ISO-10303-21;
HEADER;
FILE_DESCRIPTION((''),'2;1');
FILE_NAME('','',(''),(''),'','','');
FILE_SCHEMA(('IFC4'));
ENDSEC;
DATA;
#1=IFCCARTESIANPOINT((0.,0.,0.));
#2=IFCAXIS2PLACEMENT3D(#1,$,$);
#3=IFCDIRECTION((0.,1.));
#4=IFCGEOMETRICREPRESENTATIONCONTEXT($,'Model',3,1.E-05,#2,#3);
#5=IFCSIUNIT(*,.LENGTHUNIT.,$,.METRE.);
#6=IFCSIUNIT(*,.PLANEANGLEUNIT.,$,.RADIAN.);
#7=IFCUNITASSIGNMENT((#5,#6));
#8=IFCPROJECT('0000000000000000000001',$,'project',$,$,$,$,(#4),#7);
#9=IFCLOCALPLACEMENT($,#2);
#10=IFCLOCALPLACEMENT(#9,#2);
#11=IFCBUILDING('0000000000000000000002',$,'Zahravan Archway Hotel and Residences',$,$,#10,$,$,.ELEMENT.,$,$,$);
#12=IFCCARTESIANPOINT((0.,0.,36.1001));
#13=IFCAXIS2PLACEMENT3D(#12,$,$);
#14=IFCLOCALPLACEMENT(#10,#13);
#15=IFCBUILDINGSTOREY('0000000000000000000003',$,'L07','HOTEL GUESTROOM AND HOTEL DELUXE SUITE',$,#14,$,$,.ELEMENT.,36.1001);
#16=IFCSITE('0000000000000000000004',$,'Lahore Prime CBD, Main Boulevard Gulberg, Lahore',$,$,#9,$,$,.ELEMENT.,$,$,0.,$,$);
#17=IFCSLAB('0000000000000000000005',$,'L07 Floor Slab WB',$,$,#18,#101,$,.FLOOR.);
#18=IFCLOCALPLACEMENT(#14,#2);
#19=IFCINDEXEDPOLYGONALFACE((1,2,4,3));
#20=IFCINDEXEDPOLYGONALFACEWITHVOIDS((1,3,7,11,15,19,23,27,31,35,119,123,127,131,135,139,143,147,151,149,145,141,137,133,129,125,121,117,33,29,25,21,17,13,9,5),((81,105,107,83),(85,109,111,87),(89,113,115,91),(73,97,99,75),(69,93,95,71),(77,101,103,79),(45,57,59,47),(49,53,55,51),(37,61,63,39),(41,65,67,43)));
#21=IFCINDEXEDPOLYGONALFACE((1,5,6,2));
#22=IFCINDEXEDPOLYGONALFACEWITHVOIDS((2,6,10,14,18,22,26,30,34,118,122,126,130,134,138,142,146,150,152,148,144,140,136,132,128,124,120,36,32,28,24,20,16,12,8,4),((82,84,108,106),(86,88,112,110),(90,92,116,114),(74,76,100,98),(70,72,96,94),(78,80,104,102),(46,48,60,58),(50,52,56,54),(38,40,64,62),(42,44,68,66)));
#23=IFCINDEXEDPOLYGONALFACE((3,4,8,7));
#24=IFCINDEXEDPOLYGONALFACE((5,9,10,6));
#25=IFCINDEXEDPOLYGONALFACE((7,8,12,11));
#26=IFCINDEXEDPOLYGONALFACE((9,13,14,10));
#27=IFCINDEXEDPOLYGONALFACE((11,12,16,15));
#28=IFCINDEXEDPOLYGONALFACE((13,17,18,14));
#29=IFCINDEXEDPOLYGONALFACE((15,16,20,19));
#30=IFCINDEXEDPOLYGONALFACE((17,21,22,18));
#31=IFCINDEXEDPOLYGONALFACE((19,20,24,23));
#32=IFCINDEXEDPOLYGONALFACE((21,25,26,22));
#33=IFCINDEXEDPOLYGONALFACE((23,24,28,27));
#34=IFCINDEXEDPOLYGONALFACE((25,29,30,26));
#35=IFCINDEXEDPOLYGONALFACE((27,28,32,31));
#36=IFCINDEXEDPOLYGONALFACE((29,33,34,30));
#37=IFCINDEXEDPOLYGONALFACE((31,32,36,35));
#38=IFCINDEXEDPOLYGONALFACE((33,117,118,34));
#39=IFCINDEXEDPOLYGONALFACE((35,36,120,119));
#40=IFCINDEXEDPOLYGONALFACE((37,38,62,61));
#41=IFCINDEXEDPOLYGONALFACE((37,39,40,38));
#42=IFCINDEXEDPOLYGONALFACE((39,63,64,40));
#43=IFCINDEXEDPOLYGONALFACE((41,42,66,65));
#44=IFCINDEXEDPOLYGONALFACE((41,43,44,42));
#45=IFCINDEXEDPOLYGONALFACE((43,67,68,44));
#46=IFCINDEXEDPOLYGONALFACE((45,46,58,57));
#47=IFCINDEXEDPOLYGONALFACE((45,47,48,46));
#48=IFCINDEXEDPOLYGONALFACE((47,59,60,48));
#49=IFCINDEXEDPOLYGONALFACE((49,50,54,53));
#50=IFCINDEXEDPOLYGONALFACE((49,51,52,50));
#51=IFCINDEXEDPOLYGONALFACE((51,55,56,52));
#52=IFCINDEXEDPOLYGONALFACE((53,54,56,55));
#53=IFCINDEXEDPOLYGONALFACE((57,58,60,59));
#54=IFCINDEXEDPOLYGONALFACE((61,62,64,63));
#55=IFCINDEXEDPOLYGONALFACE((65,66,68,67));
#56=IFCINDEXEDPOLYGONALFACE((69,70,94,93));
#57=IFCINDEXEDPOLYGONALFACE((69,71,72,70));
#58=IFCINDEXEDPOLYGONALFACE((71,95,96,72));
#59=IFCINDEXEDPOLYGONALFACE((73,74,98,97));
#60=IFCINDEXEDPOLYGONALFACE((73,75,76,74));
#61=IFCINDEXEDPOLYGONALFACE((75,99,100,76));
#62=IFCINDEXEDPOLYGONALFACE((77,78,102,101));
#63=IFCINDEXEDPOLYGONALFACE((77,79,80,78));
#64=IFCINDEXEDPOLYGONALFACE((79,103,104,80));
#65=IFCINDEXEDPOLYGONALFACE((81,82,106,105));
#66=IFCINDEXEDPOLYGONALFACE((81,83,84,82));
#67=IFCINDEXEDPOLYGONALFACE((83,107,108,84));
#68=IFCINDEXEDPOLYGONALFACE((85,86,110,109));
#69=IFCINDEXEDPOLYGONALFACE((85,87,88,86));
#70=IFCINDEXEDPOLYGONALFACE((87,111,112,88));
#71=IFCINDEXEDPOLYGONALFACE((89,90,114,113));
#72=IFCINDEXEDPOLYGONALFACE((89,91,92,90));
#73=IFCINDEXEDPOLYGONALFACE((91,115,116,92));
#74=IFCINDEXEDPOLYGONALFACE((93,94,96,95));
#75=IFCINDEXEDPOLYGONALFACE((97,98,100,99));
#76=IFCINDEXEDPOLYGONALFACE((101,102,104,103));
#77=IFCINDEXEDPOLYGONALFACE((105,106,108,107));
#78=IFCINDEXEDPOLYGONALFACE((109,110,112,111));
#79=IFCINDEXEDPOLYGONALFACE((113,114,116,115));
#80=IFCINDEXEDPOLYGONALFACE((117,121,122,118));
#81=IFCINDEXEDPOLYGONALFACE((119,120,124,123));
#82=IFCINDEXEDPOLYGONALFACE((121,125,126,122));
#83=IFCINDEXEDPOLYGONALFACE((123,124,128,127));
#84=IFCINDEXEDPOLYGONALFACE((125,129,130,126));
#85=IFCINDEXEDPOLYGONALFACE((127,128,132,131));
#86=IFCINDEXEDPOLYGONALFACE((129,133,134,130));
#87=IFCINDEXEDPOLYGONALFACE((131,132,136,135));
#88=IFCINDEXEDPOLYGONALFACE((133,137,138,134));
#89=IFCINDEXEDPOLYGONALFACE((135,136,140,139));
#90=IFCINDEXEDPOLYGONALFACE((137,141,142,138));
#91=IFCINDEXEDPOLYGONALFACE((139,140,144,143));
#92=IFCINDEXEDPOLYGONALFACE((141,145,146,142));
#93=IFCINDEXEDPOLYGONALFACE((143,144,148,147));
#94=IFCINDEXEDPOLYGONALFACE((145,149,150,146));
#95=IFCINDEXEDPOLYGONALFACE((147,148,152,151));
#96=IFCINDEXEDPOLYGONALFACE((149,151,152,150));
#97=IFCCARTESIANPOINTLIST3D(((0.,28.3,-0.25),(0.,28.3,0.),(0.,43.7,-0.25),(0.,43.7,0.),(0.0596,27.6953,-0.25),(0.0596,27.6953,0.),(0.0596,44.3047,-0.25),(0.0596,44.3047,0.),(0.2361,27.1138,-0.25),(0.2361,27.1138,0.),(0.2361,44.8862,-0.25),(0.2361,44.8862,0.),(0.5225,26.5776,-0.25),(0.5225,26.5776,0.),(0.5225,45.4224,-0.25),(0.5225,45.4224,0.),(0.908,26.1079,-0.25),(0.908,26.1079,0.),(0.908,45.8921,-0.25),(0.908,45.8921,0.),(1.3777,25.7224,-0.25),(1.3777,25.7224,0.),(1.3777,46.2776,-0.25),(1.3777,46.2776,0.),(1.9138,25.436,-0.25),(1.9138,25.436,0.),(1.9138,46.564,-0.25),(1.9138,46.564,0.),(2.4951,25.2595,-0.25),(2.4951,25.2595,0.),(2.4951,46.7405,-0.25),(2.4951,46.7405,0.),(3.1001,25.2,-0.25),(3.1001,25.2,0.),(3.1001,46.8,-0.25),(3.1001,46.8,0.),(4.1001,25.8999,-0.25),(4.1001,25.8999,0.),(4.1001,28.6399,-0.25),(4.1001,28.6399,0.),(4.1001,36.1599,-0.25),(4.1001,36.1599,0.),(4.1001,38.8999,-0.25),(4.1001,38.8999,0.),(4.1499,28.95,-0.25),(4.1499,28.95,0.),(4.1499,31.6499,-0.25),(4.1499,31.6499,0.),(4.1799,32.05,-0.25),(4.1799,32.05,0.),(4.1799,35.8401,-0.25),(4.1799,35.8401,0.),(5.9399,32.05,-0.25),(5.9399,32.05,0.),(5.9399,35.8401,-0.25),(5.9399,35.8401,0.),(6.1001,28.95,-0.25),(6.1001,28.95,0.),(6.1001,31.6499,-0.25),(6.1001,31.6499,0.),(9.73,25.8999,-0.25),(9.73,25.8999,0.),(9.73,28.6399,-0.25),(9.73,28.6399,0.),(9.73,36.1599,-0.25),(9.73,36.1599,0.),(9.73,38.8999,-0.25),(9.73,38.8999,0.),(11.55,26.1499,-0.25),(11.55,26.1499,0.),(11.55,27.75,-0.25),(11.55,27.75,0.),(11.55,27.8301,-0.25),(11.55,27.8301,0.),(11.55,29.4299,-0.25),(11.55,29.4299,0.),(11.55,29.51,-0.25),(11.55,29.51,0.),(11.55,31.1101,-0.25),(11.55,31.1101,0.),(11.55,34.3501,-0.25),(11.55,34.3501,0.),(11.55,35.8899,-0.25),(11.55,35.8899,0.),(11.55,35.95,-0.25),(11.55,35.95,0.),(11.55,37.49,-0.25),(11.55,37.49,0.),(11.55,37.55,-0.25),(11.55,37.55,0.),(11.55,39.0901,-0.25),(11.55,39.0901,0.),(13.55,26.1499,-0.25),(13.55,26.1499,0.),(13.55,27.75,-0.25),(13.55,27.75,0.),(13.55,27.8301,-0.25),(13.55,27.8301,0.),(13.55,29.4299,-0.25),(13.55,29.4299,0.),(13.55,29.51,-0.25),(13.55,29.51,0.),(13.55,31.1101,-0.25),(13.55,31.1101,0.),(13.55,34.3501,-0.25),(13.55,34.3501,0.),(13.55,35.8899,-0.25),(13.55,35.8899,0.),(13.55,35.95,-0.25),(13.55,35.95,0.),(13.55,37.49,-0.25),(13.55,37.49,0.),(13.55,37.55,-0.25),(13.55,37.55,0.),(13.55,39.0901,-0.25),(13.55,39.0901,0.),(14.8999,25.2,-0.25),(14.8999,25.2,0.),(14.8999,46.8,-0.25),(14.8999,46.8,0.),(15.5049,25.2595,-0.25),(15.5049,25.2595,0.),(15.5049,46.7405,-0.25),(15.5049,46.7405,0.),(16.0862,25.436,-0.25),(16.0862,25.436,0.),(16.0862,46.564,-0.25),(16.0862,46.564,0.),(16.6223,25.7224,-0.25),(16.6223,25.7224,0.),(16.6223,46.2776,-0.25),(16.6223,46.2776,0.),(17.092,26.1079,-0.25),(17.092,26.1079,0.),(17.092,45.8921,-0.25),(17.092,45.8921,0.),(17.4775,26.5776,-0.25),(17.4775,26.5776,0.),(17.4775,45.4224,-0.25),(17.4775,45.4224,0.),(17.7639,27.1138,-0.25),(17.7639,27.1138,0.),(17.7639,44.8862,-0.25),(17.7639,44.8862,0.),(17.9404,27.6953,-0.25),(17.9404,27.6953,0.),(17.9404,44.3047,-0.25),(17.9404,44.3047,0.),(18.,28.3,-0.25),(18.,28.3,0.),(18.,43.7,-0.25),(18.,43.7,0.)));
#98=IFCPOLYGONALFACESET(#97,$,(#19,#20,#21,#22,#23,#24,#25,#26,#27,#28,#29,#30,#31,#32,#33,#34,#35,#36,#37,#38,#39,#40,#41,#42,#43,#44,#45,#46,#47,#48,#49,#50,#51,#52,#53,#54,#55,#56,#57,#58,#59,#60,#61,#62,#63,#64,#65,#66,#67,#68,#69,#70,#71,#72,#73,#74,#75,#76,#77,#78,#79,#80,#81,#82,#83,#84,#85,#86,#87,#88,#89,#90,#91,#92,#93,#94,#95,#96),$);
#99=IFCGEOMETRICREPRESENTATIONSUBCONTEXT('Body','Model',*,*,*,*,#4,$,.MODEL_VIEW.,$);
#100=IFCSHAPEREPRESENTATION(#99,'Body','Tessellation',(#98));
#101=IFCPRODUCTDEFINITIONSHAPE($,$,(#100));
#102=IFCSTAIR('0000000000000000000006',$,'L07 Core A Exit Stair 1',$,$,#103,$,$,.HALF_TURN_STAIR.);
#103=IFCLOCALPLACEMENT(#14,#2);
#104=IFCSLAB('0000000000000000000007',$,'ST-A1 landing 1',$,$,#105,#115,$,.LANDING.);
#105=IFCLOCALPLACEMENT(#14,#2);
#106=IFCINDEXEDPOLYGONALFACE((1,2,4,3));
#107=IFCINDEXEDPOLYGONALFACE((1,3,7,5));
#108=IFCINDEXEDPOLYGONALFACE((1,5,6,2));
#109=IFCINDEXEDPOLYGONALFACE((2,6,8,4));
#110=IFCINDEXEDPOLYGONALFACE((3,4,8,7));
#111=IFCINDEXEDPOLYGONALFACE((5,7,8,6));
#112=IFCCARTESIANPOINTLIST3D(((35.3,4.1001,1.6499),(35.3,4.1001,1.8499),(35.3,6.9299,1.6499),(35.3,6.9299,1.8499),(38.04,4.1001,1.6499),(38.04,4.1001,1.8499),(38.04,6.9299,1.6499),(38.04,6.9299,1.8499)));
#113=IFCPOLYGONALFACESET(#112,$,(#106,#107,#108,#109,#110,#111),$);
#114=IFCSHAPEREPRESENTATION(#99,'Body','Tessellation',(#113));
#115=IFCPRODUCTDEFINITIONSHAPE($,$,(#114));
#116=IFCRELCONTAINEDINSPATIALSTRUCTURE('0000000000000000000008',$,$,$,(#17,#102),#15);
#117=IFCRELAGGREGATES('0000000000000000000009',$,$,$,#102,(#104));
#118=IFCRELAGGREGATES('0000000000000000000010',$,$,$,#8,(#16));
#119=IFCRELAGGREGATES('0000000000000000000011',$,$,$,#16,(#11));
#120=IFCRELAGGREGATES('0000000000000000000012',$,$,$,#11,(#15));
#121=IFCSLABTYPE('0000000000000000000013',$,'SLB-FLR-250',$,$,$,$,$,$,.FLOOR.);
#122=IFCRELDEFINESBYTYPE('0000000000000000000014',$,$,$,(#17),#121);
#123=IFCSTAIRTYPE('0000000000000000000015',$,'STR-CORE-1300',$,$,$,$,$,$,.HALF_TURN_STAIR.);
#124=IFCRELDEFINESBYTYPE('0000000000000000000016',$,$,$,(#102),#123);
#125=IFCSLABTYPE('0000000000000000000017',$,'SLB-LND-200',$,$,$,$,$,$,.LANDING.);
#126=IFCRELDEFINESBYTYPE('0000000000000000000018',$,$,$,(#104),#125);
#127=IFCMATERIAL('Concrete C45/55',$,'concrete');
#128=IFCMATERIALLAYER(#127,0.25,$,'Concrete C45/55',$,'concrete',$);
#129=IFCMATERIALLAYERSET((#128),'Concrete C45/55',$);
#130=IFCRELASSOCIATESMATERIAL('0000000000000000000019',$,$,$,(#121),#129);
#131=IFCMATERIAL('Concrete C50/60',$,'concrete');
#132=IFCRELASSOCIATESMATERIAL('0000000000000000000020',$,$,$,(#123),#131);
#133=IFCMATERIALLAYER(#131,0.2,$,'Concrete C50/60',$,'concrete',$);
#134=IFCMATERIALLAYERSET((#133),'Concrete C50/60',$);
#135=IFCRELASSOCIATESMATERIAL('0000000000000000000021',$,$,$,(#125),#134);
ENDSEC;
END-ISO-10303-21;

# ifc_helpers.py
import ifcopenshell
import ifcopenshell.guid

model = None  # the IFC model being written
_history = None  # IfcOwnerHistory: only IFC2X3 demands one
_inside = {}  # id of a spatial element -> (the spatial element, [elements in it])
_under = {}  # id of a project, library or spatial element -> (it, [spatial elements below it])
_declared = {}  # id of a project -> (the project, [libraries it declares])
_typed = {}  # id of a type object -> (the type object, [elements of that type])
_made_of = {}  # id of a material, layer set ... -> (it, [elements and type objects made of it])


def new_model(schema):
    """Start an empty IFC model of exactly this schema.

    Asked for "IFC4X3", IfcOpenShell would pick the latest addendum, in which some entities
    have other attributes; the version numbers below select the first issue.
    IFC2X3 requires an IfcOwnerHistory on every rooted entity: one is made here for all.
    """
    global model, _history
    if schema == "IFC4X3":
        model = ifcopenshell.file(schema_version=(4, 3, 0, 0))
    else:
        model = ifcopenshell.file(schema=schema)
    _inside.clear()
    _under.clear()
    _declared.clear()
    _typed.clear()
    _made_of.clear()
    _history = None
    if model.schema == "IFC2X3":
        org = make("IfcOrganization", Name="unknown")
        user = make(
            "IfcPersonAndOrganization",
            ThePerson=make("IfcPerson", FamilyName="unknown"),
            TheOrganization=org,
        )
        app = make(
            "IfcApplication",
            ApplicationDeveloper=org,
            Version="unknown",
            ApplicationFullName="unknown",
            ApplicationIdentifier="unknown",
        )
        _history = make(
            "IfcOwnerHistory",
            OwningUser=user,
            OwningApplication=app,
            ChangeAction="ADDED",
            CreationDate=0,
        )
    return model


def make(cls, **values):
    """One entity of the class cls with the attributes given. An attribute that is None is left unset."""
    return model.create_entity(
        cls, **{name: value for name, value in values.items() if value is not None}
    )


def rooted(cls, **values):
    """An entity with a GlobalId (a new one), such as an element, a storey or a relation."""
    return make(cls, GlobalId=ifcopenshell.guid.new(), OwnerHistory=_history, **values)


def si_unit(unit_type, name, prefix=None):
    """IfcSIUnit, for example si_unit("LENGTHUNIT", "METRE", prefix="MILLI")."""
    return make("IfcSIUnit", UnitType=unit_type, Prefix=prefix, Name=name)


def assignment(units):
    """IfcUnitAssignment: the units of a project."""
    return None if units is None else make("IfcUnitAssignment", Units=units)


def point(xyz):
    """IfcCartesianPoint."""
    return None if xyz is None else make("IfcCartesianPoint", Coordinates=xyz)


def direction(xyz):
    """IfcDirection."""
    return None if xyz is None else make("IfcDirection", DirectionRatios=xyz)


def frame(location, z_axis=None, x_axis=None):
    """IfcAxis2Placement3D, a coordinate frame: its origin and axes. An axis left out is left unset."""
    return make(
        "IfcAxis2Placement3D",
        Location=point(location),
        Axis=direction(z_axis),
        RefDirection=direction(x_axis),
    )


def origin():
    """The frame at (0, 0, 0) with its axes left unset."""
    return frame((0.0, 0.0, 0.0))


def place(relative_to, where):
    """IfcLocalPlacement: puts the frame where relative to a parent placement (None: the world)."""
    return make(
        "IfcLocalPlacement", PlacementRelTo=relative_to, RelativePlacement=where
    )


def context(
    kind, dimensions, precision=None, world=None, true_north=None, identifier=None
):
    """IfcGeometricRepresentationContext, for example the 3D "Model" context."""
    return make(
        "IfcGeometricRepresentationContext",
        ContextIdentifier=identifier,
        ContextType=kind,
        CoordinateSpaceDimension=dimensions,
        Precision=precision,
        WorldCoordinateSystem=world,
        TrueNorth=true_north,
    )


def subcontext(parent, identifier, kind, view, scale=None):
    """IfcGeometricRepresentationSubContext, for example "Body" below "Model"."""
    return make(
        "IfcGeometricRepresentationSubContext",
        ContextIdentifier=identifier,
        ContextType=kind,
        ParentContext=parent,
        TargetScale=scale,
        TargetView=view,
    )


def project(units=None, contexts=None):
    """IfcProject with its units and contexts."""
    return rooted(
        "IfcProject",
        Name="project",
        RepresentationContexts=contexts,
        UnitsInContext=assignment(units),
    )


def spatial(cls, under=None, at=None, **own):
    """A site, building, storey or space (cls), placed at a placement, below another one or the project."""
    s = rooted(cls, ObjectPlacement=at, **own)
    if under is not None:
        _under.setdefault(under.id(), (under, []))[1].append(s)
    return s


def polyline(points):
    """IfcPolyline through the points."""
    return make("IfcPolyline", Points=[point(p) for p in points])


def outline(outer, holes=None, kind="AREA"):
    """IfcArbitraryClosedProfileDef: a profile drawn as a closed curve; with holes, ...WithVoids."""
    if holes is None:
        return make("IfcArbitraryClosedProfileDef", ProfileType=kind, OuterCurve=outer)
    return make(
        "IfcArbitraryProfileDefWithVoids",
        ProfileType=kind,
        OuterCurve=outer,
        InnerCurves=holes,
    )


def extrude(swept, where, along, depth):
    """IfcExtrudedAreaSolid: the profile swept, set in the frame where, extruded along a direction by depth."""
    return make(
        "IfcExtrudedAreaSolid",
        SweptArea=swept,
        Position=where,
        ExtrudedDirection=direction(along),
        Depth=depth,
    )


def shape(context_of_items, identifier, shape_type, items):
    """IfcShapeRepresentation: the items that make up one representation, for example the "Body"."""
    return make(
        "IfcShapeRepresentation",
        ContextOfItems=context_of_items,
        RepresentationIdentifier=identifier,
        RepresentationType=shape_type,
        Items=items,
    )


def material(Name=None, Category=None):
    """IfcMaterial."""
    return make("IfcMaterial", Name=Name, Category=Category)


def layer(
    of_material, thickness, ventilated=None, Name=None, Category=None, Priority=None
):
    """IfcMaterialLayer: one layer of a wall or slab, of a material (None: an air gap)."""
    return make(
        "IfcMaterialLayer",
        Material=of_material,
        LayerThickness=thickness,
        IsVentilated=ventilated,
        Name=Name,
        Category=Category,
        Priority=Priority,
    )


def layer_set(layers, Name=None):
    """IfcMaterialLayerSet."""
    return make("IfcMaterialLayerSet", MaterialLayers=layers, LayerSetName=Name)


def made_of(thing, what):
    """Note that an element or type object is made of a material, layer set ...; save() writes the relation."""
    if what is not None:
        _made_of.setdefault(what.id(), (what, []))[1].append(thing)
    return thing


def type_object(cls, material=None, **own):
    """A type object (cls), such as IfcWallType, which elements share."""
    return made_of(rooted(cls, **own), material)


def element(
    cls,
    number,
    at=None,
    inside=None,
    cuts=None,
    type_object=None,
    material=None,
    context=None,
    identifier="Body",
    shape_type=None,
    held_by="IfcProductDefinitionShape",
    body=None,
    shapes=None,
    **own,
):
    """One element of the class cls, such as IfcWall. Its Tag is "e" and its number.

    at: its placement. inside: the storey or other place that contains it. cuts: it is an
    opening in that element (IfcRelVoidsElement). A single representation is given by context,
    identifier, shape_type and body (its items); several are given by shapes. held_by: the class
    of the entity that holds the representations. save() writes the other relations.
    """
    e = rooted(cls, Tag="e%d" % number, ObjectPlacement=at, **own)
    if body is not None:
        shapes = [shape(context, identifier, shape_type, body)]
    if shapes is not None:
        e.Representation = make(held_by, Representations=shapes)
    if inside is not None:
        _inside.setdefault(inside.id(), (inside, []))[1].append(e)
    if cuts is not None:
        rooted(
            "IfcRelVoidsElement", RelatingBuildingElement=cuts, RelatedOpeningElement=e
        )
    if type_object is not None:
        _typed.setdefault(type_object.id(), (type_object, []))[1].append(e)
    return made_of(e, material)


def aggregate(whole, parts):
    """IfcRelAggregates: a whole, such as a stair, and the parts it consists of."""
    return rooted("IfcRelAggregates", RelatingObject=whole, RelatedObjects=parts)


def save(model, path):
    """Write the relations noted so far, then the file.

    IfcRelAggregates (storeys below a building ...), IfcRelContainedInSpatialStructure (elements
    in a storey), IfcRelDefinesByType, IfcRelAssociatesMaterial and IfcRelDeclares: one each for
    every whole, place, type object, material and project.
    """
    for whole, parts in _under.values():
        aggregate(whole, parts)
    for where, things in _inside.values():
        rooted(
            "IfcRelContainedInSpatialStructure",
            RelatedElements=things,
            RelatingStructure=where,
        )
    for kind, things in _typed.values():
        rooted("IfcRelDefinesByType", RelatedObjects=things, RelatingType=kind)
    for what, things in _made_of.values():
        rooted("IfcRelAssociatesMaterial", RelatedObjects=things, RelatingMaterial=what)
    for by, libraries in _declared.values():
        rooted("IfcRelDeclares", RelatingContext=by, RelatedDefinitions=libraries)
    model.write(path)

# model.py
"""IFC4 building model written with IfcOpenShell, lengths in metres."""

from ifc_helpers import new_model, si_unit, direction, frame, origin, place, context, subcontext, project, spatial, polyline, outline, extrude, material, layer, layer_set, type_object, element, aggregate, save


model = new_model("IFC4")

# Units and contexts
model_context = context("Model", 3, precision=1e-05, world=origin(), true_north=direction((0.0, 1.0)))
body_context = subcontext(model_context, "Body", "Model", "MODEL_VIEW")
ifc_project = project(units=[si_unit("LENGTHUNIT", "METRE"), si_unit("PLANEANGLEUNIT", "RADIAN")], contexts=[model_context])

# Site, building, storey
site_placement = place(None, origin())
site = spatial("IfcSite", under=ifc_project, at=site_placement, Name="Lahore Prime CBD, Main Boulevard Gulberg, Lahore", CompositionType="ELEMENT", RefElevation=0.0)
building_placement = place(site_placement, origin())
building = spatial("IfcBuilding", under=site, at=building_placement, Name="Zahravan Archway Hotel and Residences", CompositionType="ELEMENT")
storey_placement = place(building_placement, frame((0.0, 0.0, 36.1001)))
storey = spatial("IfcBuildingStorey", under=building, at=storey_placement, Name="L07", Description="HOTEL GUESTROOM AND HOTEL DELUXE SUITE", CompositionType="ELEMENT", Elevation=36.1001)

# Slab
ifc_material_1 = material(Name="Concrete C45/55", Category="concrete")
ifc_layer_1 = layer(ifc_material_1, 0.25, Name="Concrete C45/55", Category="concrete")
ifc_layer_set_1 = layer_set([ifc_layer_1], Name="Concrete C45/55")
slab_type_1 = type_object("IfcSlabType", Name="SLB-FLR-250", PredefinedType="FLOOR", material=ifc_layer_set_1)
slab_1_placement = place(storey_placement, frame((0.0, 0.0, -0.25)))
element("IfcSlab", 1, at=slab_1_placement, inside=storey, type_object=slab_type_1, Name="L07 Floor Slab WB", PredefinedType="FLOOR", context=body_context, shape_type="SweptSolid", body=[
    extrude(outline(polyline([(14.8999, 25.2), (15.5049, 25.2595), (16.0862, 25.436), (16.6223, 25.7224), (17.092, 26.1079), (17.4775, 26.5776), (17.7639, 27.1138), (17.9404, 27.6953), (18.0, 28.3), (18.0, 43.7), (17.9404, 44.3047), (17.7639, 44.8862), (17.4775, 45.4224), (17.092, 45.8921), (16.6223, 46.2776), (16.0862, 46.564), (15.5049, 46.7405), (14.8999, 46.8), (3.1001, 46.8), (2.4951, 46.7405), (1.9138, 46.564), (1.3777, 46.2776), (0.908, 45.8921), (0.5225, 45.4224), (0.2361, 44.8862), (0.0596, 44.3047), (0.0, 43.7), (0.0, 28.3), (0.0596, 27.6953), (0.2361, 27.1138), (0.5225, 26.5776), (0.908, 26.1079), (1.3777, 25.7224), (1.9138, 25.436), (2.4951, 25.2595), (3.1001, 25.2), (14.8999, 25.2)]), holes=[polyline([(9.73, 28.6399), (4.1001, 28.6399), (4.1001, 25.8999), (9.73, 25.8999), (9.73, 28.6399)]), polyline([(9.73, 38.8999), (4.1001, 38.8999), (4.1001, 36.1599), (9.73, 36.1599), (9.73, 38.8999)]), polyline([(4.1499, 28.95), (6.1001, 28.95), (6.1001, 31.6499), (4.1499, 31.6499), (4.1499, 28.95)]), polyline([(11.55, 26.1499), (13.55, 26.1499), (13.55, 27.75), (11.55, 27.75), (11.55, 26.1499)]), polyline([(11.55, 27.8301), (13.55, 27.8301), (13.55, 29.4299), (11.55, 29.4299), (11.55, 27.8301)]), polyline([(11.55, 29.51), (13.55, 29.51), (13.55, 31.1101), (11.55, 31.1101), (11.55, 29.51)]), polyline([(11.55, 34.3501), (13.55, 34.3501), (13.55, 35.8899), (11.55, 35.8899), (11.55, 34.3501)]), polyline([(11.55, 35.95), (13.55, 35.95), (13.55, 37.49), (11.55, 37.49), (11.55, 35.95)]), polyline([(11.55, 37.55), (13.55, 37.55), (13.55, 39.0901), (11.55, 39.0901), (11.55, 37.55)]), polyline([(4.1799, 32.05), (5.9399, 32.05), (5.9399, 35.8401), (4.1799, 35.8401), (4.1799, 32.05)])]), origin(), (0.0, 0.0, 1.0), 0.25),
])

# Stair, slab
ifc_material_2 = material(Name="Concrete C50/60", Category="concrete")
stair_type = type_object("IfcStairType", Name="STR-CORE-1300", PredefinedType="HALF_TURN_STAIR", material=ifc_material_2)
stair_placement = place(storey_placement, origin())
stair = element("IfcStair", 2, at=stair_placement, inside=storey, type_object=stair_type, Name="L07 Core A Exit Stair 1", PredefinedType="HALF_TURN_STAIR")
ifc_layer_2 = layer(ifc_material_2, 0.2, Name="Concrete C50/60", Category="concrete")
ifc_layer_set_2 = layer_set([ifc_layer_2], Name="Concrete C50/60")
slab_type_2 = type_object("IfcSlabType", Name="SLB-LND-200", PredefinedType="LANDING", material=ifc_layer_set_2)
slab_2_placement = place(storey_placement, frame((0.0, 0.0, 1.6499)))
slab_2 = element("IfcSlab", 3, at=slab_2_placement, type_object=slab_type_2, Name="ST-A1 landing 1", PredefinedType="LANDING", context=body_context, shape_type="SweptSolid", body=[
    extrude(outline(polyline([(35.3, 6.9299), (35.3, 4.1001), (38.04, 4.1001), (38.04, 6.9299), (35.3, 6.9299)])), origin(), (0.0, 0.0, 1.0), 0.2),
])
aggregate(stair, [slab_2])

save(model, "model.ifc")
